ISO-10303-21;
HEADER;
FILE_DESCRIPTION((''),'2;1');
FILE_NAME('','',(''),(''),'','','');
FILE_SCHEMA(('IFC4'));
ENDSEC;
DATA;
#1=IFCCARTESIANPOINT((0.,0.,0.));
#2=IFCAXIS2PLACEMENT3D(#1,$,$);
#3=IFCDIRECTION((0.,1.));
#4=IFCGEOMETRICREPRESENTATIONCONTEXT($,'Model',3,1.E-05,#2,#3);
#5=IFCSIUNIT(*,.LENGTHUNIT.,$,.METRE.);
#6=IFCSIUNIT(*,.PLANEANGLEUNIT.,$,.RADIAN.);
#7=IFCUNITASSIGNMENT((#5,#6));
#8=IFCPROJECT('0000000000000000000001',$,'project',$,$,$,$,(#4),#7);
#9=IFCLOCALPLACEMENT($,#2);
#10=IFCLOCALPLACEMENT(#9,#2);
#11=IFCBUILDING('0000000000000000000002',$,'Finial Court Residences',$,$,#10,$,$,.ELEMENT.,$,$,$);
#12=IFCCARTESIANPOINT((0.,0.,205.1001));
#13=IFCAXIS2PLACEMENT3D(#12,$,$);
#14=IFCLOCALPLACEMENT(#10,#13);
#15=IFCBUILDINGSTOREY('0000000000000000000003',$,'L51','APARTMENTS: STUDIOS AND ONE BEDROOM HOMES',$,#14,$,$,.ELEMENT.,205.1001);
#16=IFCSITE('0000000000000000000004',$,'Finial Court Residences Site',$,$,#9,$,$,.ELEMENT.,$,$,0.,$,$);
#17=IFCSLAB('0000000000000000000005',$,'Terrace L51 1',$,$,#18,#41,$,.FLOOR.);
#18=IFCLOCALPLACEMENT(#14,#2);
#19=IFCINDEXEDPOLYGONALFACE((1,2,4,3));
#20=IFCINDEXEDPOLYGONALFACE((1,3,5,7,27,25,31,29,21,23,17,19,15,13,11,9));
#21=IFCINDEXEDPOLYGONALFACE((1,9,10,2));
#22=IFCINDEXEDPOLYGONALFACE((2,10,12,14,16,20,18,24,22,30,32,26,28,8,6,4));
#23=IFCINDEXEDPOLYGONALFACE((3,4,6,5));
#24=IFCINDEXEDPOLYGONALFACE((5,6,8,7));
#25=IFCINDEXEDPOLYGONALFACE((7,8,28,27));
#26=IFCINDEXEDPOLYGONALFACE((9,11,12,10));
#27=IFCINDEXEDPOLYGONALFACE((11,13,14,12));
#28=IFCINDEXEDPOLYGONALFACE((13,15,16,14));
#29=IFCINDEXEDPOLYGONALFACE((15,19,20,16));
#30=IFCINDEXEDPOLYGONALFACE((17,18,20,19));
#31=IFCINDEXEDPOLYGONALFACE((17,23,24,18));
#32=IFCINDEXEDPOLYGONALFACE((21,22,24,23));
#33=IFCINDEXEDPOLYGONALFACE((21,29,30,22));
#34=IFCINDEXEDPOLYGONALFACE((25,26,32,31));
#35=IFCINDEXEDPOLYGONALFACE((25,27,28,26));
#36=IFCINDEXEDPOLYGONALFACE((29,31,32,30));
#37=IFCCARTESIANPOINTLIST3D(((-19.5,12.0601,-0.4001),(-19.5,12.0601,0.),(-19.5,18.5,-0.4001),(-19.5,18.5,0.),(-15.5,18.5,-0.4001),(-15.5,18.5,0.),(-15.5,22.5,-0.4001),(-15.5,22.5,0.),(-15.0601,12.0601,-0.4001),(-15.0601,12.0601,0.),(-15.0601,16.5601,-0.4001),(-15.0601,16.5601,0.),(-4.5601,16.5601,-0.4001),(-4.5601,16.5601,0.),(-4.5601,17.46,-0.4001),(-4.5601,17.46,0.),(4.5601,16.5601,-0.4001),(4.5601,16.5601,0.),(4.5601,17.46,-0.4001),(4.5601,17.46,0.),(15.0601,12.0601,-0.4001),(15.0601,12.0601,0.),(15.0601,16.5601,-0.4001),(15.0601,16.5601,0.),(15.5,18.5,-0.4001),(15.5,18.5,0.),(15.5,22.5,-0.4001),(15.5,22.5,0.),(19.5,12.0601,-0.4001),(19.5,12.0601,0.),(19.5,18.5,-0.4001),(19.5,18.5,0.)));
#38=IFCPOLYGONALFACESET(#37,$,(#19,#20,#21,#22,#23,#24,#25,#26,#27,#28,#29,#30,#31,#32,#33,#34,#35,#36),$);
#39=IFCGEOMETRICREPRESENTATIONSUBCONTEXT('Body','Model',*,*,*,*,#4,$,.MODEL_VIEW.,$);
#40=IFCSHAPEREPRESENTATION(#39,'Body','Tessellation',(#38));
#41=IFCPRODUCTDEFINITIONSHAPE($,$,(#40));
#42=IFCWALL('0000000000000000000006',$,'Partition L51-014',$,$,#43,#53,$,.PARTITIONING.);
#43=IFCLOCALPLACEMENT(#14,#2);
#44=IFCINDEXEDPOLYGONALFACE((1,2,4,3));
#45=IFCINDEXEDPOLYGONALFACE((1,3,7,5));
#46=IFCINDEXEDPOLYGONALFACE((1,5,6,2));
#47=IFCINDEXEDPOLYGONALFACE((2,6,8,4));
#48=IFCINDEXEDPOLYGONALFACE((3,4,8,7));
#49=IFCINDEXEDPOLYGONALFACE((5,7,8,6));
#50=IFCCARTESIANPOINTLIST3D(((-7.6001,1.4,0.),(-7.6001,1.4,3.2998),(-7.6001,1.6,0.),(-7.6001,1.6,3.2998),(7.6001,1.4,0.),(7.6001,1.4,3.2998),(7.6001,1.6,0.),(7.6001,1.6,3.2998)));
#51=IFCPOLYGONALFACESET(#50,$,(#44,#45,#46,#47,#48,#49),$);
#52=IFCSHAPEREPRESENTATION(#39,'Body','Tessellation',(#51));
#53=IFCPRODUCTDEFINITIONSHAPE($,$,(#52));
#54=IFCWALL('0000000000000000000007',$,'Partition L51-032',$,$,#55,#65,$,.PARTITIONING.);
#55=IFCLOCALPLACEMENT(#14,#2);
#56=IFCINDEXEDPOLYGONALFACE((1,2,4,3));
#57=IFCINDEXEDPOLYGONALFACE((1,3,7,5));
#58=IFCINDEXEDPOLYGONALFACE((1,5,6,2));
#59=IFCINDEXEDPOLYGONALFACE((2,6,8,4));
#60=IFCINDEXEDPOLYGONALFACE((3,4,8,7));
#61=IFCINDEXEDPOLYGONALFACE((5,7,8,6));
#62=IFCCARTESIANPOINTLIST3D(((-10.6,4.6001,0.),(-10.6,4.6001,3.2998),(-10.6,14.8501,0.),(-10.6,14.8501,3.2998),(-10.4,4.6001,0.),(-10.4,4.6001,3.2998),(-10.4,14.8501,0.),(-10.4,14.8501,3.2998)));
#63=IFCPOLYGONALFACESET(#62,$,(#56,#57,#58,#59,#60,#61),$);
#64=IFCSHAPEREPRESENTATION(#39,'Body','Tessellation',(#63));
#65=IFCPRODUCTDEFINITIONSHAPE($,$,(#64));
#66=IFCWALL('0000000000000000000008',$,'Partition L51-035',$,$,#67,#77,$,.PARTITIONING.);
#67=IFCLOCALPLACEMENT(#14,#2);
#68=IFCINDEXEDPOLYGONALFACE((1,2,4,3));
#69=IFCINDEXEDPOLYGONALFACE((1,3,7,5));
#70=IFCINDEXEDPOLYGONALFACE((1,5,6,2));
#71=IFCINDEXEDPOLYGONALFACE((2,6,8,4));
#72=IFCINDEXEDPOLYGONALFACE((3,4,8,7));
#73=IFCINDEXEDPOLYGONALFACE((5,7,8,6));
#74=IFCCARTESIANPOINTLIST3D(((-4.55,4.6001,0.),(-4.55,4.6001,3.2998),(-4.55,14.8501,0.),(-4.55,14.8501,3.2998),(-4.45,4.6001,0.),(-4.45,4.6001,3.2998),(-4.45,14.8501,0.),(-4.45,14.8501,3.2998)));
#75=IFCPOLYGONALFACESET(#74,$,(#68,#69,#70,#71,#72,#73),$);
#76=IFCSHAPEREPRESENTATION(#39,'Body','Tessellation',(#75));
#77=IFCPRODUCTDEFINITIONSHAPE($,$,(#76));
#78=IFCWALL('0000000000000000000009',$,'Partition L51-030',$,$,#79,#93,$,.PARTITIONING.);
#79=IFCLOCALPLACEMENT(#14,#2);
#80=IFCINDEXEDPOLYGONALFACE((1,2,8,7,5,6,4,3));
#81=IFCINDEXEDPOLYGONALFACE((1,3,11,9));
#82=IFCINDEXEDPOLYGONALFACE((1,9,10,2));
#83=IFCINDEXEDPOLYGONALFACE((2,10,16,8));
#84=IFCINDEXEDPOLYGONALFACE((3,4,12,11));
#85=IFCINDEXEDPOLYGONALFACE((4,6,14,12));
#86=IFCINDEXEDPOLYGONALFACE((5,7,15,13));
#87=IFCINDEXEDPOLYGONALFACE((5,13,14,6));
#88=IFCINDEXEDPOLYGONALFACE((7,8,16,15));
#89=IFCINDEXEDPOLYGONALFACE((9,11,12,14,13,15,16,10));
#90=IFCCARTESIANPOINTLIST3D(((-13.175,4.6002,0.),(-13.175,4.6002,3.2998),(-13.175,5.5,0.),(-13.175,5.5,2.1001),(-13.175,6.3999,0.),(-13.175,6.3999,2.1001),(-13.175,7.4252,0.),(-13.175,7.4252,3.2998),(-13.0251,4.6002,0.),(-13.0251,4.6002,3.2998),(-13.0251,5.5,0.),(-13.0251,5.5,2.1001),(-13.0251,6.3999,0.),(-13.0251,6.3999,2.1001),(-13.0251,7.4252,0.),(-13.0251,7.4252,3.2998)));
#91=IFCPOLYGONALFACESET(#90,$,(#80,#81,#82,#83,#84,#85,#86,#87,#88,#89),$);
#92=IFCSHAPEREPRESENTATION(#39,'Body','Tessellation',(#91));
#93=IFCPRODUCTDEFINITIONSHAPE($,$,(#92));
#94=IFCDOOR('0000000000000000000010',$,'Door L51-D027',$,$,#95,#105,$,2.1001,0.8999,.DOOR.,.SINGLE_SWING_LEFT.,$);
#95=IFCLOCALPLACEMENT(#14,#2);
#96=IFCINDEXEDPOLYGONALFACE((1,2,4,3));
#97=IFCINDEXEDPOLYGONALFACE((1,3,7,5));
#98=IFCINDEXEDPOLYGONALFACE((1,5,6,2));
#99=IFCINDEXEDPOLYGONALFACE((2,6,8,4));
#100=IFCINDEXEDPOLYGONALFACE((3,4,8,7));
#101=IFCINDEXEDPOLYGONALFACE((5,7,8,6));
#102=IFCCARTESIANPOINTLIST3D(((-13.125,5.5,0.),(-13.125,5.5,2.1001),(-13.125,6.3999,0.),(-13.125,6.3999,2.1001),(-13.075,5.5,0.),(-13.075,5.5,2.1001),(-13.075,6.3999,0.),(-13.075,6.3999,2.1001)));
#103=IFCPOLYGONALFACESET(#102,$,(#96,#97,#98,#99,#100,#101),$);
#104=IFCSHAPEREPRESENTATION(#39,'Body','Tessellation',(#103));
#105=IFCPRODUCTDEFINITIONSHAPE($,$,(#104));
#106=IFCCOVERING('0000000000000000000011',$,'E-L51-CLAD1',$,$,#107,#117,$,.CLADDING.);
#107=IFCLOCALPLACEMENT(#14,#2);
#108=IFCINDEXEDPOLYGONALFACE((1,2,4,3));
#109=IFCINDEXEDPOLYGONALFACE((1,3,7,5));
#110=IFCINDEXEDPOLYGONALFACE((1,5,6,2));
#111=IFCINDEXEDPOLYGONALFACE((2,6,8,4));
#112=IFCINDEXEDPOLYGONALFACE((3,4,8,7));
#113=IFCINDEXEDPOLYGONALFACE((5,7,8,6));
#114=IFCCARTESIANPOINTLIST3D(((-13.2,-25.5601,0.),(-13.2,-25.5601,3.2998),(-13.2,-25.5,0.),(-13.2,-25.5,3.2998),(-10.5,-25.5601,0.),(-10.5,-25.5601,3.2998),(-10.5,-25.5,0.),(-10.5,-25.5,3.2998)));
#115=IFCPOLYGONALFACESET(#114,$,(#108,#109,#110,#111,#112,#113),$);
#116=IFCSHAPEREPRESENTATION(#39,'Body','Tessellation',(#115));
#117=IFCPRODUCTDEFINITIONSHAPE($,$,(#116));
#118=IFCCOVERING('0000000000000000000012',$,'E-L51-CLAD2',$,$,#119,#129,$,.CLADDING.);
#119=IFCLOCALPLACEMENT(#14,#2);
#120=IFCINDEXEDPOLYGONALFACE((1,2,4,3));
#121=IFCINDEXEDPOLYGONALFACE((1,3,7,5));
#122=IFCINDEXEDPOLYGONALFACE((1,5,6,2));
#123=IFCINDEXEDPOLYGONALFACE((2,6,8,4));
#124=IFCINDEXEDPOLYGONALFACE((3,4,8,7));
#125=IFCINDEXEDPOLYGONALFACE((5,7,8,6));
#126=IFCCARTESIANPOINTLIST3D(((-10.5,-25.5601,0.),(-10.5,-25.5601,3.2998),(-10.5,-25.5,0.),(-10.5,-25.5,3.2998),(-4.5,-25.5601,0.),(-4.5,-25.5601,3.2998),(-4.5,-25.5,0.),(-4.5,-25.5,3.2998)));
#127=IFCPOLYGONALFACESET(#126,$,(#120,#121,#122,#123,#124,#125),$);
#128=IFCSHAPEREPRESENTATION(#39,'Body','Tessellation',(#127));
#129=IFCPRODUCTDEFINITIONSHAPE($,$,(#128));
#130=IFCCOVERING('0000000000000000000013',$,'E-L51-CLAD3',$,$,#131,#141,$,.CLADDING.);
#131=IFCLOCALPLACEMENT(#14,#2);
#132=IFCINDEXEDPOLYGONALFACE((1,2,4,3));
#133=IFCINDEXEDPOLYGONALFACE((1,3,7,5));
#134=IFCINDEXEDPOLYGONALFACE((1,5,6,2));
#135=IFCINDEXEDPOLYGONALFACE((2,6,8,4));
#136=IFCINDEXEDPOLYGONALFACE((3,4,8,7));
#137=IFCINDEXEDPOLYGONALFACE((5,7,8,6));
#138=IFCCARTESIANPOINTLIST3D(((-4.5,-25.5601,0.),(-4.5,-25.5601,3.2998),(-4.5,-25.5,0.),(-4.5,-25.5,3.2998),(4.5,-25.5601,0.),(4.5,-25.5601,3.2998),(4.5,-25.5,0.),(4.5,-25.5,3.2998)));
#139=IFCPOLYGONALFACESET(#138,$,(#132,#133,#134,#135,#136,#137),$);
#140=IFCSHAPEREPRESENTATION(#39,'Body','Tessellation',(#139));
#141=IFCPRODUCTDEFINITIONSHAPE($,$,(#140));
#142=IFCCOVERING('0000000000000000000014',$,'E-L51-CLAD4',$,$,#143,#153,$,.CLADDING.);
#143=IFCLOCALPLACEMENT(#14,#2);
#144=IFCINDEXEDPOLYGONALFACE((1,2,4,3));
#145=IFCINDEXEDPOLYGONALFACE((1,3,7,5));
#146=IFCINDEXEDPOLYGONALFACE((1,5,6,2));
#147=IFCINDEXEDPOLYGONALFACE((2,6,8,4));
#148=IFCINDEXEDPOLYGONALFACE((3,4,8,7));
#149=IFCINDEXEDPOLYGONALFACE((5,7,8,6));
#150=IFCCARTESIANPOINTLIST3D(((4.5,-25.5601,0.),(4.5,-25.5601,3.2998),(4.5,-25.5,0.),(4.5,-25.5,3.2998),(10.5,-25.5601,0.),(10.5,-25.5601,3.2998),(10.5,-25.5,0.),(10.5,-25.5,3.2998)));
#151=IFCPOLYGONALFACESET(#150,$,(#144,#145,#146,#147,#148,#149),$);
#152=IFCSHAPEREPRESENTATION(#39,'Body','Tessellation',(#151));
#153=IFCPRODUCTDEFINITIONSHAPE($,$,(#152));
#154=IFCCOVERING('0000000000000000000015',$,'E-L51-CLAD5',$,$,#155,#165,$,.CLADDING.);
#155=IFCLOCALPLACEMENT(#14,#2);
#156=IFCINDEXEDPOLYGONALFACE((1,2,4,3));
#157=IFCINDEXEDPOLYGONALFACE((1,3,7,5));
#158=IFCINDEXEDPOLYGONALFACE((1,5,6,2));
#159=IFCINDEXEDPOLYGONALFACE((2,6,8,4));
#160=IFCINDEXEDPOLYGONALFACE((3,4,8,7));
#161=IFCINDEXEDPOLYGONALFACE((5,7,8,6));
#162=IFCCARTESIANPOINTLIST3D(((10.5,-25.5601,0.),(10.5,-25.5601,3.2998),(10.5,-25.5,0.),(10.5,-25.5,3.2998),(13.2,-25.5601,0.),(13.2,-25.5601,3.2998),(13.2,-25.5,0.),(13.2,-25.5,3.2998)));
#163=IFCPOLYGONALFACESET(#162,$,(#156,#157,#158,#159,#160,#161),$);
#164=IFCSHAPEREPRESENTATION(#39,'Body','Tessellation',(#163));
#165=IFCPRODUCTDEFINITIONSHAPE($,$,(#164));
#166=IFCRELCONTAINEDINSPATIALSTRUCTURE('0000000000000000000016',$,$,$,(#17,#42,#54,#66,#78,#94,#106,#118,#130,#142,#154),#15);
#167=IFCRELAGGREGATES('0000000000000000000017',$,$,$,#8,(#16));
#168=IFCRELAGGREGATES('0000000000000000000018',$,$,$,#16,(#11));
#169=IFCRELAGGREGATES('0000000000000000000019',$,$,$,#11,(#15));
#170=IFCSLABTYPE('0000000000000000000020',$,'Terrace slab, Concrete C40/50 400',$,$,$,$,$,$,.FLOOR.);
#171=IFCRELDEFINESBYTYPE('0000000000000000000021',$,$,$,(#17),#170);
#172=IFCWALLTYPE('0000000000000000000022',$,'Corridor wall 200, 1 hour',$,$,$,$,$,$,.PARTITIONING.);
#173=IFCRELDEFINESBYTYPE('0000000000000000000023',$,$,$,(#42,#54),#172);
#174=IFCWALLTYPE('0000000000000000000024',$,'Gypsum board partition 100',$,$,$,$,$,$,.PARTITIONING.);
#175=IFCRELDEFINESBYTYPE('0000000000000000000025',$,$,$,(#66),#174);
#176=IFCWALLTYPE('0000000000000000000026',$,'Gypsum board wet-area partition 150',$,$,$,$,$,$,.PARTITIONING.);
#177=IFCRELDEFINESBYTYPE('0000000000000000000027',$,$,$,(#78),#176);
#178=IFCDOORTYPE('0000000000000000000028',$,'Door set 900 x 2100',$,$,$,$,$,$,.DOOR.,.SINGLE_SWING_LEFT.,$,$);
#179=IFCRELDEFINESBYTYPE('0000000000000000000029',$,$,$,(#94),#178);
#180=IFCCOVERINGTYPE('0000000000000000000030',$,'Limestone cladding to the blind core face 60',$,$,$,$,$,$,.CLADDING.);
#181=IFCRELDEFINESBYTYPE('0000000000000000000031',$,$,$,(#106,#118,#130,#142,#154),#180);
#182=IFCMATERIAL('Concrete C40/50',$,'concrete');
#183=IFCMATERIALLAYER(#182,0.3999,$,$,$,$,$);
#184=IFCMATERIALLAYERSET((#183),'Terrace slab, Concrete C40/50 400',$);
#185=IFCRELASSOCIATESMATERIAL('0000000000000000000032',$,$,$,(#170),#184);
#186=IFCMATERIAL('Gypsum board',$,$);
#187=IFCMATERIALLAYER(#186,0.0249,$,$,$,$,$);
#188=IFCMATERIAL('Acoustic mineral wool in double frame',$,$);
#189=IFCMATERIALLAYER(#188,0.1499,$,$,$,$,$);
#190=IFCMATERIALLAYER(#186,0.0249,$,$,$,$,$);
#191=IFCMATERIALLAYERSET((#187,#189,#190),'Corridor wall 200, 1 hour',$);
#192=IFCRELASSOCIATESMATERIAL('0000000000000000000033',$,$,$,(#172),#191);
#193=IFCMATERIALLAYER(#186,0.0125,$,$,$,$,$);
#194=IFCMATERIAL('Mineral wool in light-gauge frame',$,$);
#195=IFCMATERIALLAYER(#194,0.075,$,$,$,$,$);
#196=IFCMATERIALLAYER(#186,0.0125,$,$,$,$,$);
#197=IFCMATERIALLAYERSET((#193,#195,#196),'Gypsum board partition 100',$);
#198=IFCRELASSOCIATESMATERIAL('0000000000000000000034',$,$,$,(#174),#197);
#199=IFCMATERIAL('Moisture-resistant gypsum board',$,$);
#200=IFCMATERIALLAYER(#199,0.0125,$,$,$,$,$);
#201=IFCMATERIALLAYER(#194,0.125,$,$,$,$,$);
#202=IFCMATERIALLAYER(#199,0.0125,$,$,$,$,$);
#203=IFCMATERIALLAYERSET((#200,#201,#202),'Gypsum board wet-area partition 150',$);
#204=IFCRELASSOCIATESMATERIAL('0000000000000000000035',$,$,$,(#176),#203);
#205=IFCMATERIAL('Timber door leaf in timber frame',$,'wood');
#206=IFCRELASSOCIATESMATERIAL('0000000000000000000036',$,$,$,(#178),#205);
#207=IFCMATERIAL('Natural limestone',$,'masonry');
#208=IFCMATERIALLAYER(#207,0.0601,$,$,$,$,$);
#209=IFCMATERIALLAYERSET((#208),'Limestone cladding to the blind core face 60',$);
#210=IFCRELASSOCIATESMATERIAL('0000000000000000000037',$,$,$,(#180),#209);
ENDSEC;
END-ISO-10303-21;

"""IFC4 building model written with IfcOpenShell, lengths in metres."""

from ifc_helpers import new_model, si_unit, direction, frame, frame_2d, origin, place, context, subcontext, project, spatial, polyline, rectangle, outline, extrude, material, layer, layer_set, type_object, element, fill, save


model = new_model("IFC4")

# Units and contexts
model_context = context("Model", 3, precision=1e-05, world=origin(), true_north=direction((0.0, 1.0)))
body_context = subcontext(model_context, "Body", "Model", "MODEL_VIEW")
ifc_project = project(units=[si_unit("LENGTHUNIT", "METRE"), si_unit("PLANEANGLEUNIT", "RADIAN")], contexts=[model_context])

# Site, building, storey
site_placement = place(None, origin())
site = spatial("IfcSite", under=ifc_project, at=site_placement, Name="Finial Court Residences Site", CompositionType="ELEMENT", RefElevation=0.0)
building_placement = place(site_placement, origin())
building = spatial("IfcBuilding", under=site, at=building_placement, Name="Finial Court Residences", CompositionType="ELEMENT")
storey_placement = place(building_placement, frame((0.0, 0.0, 205.1001)))
storey = spatial("IfcBuildingStorey", under=building, at=storey_placement, Name="L51", Description="APARTMENTS: STUDIOS AND ONE BEDROOM HOMES", CompositionType="ELEMENT", Elevation=205.1001)

# Slab
ifc_material_1 = material(Name="Concrete C40/50", Category="concrete")
ifc_layer_1 = layer(ifc_material_1, 0.3999)
ifc_layer_set_1 = layer_set([ifc_layer_1], Name="Terrace slab, Concrete C40/50 400")
slab_type_1 = type_object("IfcSlabType", Name="Terrace slab, Concrete C40/50 400", PredefinedType="FLOOR", material=ifc_layer_set_1)
slab_1_placement = place(storey_placement, frame((0.0, 0.0, -0.4001)))
element("IfcSlab", 1, at=slab_1_placement, inside=storey, type_object=slab_type_1, Name="Terrace L51 1", PredefinedType="FLOOR", context=body_context, shape_type="SweptSolid", body=[
    extrude(outline(polyline([(-15.5, 22.5), (15.5, 22.5), (15.5, 18.5), (19.5, 18.5), (19.5, 12.0601), (15.0601, 12.0601), (15.0601, 16.5601), (4.5601, 16.5601), (4.5601, 17.46), (-4.5601, 17.46), (-4.5601, 16.5601), (-15.0601, 16.5601), (-15.0601, 12.0601), (-19.5, 12.0601), (-19.5, 18.5), (-15.5, 18.5), (-15.5, 22.5)])), origin(), (0.0, 0.0, 1.0), 0.4001),
])

# Walls
ifc_material_2 = material(Name="Gypsum board")
ifc_layer_2 = layer(ifc_material_2, 0.0249)
ifc_material_3 = material(Name="Acoustic mineral wool in double frame")
ifc_layer_3 = layer(ifc_material_3, 0.1499)
ifc_layer_4 = layer(ifc_material_2, 0.0249)
ifc_layer_set_2 = layer_set([ifc_layer_2, ifc_layer_3, ifc_layer_4], Name="Corridor wall 200, 1 hour")
wall_type_1 = type_object("IfcWallType", Name="Corridor wall 200, 1 hour", PredefinedType="PARTITIONING", material=ifc_layer_set_2)
wall_1_placement = place(storey_placement, frame((-7.6001, 1.5, 0.0), z_axis=(0.0, 0.0, 1.0), x_axis=(1.0, 0.0, 0.0)))
element("IfcWall", 2, at=wall_1_placement, inside=storey, type_object=wall_type_1, Name="Partition L51-014", PredefinedType="PARTITIONING", context=body_context, shape_type="SweptSolid", body=[
    extrude(rectangle(XDim=15.2002, YDim=0.2, at=frame_2d((7.6001, 0.0))), origin(), (0.0, 0.0, 1.0), 3.2998),
])
wall_2_placement = place(storey_placement, frame((-10.5, 4.6001, 0.0), z_axis=(0.0, 0.0, 1.0), x_axis=(0.0, 1.0, 0.0)))
element("IfcWall", 3, at=wall_2_placement, inside=storey, type_object=wall_type_1, Name="Partition L51-032", PredefinedType="PARTITIONING", context=body_context, shape_type="SweptSolid", body=[
    extrude(rectangle(XDim=10.25, YDim=0.2, at=frame_2d((5.125, 0.0))), origin(), (0.0, 0.0, 1.0), 3.2998),
])
ifc_layer_5 = layer(ifc_material_2, 0.0125)
ifc_material_4 = material(Name="Mineral wool in light-gauge frame")
ifc_layer_6 = layer(ifc_material_4, 0.075)
ifc_layer_7 = layer(ifc_material_2, 0.0125)
ifc_layer_set_3 = layer_set([ifc_layer_5, ifc_layer_6, ifc_layer_7], Name="Gypsum board partition 100")
wall_type_2 = type_object("IfcWallType", Name="Gypsum board partition 100", PredefinedType="PARTITIONING", material=ifc_layer_set_3)
wall_3_placement = place(storey_placement, frame((-4.5, 4.6001, 0.0), z_axis=(0.0, 0.0, 1.0), x_axis=(0.0, 1.0, 0.0)))
element("IfcWall", 4, at=wall_3_placement, inside=storey, type_object=wall_type_2, Name="Partition L51-035", PredefinedType="PARTITIONING", context=body_context, shape_type="SweptSolid", body=[
    extrude(rectangle(XDim=10.25, YDim=0.1001, at=frame_2d((5.125, 0.0))), origin(), (0.0, 0.0, 1.0), 3.2998),
])

# Wall, opening, door
ifc_material_5 = material(Name="Moisture-resistant gypsum board")
ifc_layer_8 = layer(ifc_material_5, 0.0125)
ifc_layer_9 = layer(ifc_material_4, 0.125)
ifc_layer_10 = layer(ifc_material_5, 0.0125)
ifc_layer_set_4 = layer_set([ifc_layer_8, ifc_layer_9, ifc_layer_10], Name="Gypsum board wet-area partition 150")
wall_type_3 = type_object("IfcWallType", Name="Gypsum board wet-area partition 150", PredefinedType="PARTITIONING", material=ifc_layer_set_4)
wall_4_placement = place(storey_placement, frame((-13.1001, 4.6001, 0.0), z_axis=(0.0, 0.0, 1.0), x_axis=(0.0, 1.0, 0.0)))
wall_4 = element("IfcWall", 5, at=wall_4_placement, inside=storey, type_object=wall_type_3, Name="Partition L51-030", PredefinedType="PARTITIONING", context=body_context, shape_type="SweptSolid", body=[
    extrude(rectangle(XDim=2.825, YDim=0.1499, at=frame_2d((1.4126, 0.0))), origin(), (0.0, 0.0, 1.0), 3.2998),
])
opening_placement = place(wall_4_placement, frame((0.8999, 0.0, 0.0)))
opening = element("IfcOpeningElement", 6, at=opening_placement, cuts=wall_4, PredefinedType="OPENING", context=body_context, shape_type="SweptSolid", body=[
    extrude(rectangle(XDim=0.8999, YDim=2.1001, at=frame_2d((0.45, 1.05))), frame((0.0, 0.085, 0.0), z_axis=(0.0, -1.0, 0.0), x_axis=(1.0, 0.0, 0.0)), (0.0, 0.0, 1.0), 0.1699),
])
ifc_material_6 = material(Name="Timber door leaf in timber frame", Category="wood")
door_type = type_object("IfcDoorType", Name="Door set 900 x 2100", OperationType="SINGLE_SWING_LEFT", PredefinedType="DOOR", material=ifc_material_6)
door_placement = place(opening_placement, origin())
door = element("IfcDoor", 7, at=door_placement, inside=storey, type_object=door_type, Name="Door L51-D027", OperationType="SINGLE_SWING_LEFT", OverallHeight=2.1001, OverallWidth=0.8999, PredefinedType="DOOR", context=body_context, shape_type="SweptSolid", body=[
    extrude(rectangle(XDim=0.8999, YDim=2.1001, at=frame_2d((0.45, 1.05))), frame((0.0, 0.0249, 0.0), z_axis=(0.0, -1.0, 0.0), x_axis=(1.0, 0.0, 0.0)), (0.0, 0.0, 1.0), 0.05),
])
fill(opening, door)

# Coverings
ifc_material_7 = material(Name="Natural limestone", Category="masonry")
ifc_layer_11 = layer(ifc_material_7, 0.0601)
ifc_layer_set_5 = layer_set([ifc_layer_11], Name="Limestone cladding to the blind core face 60")
covering_type_1 = type_object("IfcCoveringType", Name="Limestone cladding to the blind core face 60", PredefinedType="CLADDING", material=ifc_layer_set_5)
covering_1_placement = place(storey_placement, origin())
element("IfcCovering", 8, at=covering_1_placement, inside=storey, type_object=covering_type_1, Name="E-L51-CLAD1", PredefinedType="CLADDING", context=body_context, shape_type="SweptSolid", body=[
    extrude(outline(polyline([(-10.5, -25.5601), (-10.5, -25.5), (-13.2, -25.5), (-13.2, -25.5601), (-10.5, -25.5601)])), origin(), (0.0, 0.0, 1.0), 3.2998),
])
covering_2_placement = place(storey_placement, origin())
element("IfcCovering", 9, at=covering_2_placement, inside=storey, type_object=covering_type_1, Name="E-L51-CLAD2", PredefinedType="CLADDING", context=body_context, shape_type="SweptSolid", body=[
    extrude(outline(polyline([(-4.5, -25.5601), (-4.5, -25.5), (-10.5, -25.5), (-10.5, -25.5601), (-4.5, -25.5601)])), origin(), (0.0, 0.0, 1.0), 3.2998),
])
covering_3_placement = place(storey_placement, origin())
element("IfcCovering", 10, at=covering_3_placement, inside=storey, type_object=covering_type_1, Name="E-L51-CLAD3", PredefinedType="CLADDING", context=body_context, shape_type="SweptSolid", body=[
    extrude(outline(polyline([(4.5, -25.5601), (4.5, -25.5), (-4.5, -25.5), (-4.5, -25.5601), (4.5, -25.5601)])), origin(), (0.0, 0.0, 1.0), 3.2998),
])
covering_4_placement = place(storey_placement, origin())
element("IfcCovering", 11, at=covering_4_placement, inside=storey, type_object=covering_type_1, Name="E-L51-CLAD4", PredefinedType="CLADDING", context=body_context, shape_type="SweptSolid", body=[
    extrude(outline(polyline([(10.5, -25.5601), (10.5, -25.5), (4.5, -25.5), (4.5, -25.5601), (10.5, -25.5601)])), origin(), (0.0, 0.0, 1.0), 3.2998),
])
covering_5_placement = place(storey_placement, origin())
element("IfcCovering", 12, at=covering_5_placement, inside=storey, type_object=covering_type_1, Name="E-L51-CLAD5", PredefinedType="CLADDING", context=body_context, shape_type="SweptSolid", body=[
    extrude(outline(polyline([(13.2, -25.5601), (13.2, -25.5), (10.5, -25.5), (10.5, -25.5601), (13.2, -25.5601)])), origin(), (0.0, 0.0, 1.0), 3.2998),
])

save(model, "model.ifc")
